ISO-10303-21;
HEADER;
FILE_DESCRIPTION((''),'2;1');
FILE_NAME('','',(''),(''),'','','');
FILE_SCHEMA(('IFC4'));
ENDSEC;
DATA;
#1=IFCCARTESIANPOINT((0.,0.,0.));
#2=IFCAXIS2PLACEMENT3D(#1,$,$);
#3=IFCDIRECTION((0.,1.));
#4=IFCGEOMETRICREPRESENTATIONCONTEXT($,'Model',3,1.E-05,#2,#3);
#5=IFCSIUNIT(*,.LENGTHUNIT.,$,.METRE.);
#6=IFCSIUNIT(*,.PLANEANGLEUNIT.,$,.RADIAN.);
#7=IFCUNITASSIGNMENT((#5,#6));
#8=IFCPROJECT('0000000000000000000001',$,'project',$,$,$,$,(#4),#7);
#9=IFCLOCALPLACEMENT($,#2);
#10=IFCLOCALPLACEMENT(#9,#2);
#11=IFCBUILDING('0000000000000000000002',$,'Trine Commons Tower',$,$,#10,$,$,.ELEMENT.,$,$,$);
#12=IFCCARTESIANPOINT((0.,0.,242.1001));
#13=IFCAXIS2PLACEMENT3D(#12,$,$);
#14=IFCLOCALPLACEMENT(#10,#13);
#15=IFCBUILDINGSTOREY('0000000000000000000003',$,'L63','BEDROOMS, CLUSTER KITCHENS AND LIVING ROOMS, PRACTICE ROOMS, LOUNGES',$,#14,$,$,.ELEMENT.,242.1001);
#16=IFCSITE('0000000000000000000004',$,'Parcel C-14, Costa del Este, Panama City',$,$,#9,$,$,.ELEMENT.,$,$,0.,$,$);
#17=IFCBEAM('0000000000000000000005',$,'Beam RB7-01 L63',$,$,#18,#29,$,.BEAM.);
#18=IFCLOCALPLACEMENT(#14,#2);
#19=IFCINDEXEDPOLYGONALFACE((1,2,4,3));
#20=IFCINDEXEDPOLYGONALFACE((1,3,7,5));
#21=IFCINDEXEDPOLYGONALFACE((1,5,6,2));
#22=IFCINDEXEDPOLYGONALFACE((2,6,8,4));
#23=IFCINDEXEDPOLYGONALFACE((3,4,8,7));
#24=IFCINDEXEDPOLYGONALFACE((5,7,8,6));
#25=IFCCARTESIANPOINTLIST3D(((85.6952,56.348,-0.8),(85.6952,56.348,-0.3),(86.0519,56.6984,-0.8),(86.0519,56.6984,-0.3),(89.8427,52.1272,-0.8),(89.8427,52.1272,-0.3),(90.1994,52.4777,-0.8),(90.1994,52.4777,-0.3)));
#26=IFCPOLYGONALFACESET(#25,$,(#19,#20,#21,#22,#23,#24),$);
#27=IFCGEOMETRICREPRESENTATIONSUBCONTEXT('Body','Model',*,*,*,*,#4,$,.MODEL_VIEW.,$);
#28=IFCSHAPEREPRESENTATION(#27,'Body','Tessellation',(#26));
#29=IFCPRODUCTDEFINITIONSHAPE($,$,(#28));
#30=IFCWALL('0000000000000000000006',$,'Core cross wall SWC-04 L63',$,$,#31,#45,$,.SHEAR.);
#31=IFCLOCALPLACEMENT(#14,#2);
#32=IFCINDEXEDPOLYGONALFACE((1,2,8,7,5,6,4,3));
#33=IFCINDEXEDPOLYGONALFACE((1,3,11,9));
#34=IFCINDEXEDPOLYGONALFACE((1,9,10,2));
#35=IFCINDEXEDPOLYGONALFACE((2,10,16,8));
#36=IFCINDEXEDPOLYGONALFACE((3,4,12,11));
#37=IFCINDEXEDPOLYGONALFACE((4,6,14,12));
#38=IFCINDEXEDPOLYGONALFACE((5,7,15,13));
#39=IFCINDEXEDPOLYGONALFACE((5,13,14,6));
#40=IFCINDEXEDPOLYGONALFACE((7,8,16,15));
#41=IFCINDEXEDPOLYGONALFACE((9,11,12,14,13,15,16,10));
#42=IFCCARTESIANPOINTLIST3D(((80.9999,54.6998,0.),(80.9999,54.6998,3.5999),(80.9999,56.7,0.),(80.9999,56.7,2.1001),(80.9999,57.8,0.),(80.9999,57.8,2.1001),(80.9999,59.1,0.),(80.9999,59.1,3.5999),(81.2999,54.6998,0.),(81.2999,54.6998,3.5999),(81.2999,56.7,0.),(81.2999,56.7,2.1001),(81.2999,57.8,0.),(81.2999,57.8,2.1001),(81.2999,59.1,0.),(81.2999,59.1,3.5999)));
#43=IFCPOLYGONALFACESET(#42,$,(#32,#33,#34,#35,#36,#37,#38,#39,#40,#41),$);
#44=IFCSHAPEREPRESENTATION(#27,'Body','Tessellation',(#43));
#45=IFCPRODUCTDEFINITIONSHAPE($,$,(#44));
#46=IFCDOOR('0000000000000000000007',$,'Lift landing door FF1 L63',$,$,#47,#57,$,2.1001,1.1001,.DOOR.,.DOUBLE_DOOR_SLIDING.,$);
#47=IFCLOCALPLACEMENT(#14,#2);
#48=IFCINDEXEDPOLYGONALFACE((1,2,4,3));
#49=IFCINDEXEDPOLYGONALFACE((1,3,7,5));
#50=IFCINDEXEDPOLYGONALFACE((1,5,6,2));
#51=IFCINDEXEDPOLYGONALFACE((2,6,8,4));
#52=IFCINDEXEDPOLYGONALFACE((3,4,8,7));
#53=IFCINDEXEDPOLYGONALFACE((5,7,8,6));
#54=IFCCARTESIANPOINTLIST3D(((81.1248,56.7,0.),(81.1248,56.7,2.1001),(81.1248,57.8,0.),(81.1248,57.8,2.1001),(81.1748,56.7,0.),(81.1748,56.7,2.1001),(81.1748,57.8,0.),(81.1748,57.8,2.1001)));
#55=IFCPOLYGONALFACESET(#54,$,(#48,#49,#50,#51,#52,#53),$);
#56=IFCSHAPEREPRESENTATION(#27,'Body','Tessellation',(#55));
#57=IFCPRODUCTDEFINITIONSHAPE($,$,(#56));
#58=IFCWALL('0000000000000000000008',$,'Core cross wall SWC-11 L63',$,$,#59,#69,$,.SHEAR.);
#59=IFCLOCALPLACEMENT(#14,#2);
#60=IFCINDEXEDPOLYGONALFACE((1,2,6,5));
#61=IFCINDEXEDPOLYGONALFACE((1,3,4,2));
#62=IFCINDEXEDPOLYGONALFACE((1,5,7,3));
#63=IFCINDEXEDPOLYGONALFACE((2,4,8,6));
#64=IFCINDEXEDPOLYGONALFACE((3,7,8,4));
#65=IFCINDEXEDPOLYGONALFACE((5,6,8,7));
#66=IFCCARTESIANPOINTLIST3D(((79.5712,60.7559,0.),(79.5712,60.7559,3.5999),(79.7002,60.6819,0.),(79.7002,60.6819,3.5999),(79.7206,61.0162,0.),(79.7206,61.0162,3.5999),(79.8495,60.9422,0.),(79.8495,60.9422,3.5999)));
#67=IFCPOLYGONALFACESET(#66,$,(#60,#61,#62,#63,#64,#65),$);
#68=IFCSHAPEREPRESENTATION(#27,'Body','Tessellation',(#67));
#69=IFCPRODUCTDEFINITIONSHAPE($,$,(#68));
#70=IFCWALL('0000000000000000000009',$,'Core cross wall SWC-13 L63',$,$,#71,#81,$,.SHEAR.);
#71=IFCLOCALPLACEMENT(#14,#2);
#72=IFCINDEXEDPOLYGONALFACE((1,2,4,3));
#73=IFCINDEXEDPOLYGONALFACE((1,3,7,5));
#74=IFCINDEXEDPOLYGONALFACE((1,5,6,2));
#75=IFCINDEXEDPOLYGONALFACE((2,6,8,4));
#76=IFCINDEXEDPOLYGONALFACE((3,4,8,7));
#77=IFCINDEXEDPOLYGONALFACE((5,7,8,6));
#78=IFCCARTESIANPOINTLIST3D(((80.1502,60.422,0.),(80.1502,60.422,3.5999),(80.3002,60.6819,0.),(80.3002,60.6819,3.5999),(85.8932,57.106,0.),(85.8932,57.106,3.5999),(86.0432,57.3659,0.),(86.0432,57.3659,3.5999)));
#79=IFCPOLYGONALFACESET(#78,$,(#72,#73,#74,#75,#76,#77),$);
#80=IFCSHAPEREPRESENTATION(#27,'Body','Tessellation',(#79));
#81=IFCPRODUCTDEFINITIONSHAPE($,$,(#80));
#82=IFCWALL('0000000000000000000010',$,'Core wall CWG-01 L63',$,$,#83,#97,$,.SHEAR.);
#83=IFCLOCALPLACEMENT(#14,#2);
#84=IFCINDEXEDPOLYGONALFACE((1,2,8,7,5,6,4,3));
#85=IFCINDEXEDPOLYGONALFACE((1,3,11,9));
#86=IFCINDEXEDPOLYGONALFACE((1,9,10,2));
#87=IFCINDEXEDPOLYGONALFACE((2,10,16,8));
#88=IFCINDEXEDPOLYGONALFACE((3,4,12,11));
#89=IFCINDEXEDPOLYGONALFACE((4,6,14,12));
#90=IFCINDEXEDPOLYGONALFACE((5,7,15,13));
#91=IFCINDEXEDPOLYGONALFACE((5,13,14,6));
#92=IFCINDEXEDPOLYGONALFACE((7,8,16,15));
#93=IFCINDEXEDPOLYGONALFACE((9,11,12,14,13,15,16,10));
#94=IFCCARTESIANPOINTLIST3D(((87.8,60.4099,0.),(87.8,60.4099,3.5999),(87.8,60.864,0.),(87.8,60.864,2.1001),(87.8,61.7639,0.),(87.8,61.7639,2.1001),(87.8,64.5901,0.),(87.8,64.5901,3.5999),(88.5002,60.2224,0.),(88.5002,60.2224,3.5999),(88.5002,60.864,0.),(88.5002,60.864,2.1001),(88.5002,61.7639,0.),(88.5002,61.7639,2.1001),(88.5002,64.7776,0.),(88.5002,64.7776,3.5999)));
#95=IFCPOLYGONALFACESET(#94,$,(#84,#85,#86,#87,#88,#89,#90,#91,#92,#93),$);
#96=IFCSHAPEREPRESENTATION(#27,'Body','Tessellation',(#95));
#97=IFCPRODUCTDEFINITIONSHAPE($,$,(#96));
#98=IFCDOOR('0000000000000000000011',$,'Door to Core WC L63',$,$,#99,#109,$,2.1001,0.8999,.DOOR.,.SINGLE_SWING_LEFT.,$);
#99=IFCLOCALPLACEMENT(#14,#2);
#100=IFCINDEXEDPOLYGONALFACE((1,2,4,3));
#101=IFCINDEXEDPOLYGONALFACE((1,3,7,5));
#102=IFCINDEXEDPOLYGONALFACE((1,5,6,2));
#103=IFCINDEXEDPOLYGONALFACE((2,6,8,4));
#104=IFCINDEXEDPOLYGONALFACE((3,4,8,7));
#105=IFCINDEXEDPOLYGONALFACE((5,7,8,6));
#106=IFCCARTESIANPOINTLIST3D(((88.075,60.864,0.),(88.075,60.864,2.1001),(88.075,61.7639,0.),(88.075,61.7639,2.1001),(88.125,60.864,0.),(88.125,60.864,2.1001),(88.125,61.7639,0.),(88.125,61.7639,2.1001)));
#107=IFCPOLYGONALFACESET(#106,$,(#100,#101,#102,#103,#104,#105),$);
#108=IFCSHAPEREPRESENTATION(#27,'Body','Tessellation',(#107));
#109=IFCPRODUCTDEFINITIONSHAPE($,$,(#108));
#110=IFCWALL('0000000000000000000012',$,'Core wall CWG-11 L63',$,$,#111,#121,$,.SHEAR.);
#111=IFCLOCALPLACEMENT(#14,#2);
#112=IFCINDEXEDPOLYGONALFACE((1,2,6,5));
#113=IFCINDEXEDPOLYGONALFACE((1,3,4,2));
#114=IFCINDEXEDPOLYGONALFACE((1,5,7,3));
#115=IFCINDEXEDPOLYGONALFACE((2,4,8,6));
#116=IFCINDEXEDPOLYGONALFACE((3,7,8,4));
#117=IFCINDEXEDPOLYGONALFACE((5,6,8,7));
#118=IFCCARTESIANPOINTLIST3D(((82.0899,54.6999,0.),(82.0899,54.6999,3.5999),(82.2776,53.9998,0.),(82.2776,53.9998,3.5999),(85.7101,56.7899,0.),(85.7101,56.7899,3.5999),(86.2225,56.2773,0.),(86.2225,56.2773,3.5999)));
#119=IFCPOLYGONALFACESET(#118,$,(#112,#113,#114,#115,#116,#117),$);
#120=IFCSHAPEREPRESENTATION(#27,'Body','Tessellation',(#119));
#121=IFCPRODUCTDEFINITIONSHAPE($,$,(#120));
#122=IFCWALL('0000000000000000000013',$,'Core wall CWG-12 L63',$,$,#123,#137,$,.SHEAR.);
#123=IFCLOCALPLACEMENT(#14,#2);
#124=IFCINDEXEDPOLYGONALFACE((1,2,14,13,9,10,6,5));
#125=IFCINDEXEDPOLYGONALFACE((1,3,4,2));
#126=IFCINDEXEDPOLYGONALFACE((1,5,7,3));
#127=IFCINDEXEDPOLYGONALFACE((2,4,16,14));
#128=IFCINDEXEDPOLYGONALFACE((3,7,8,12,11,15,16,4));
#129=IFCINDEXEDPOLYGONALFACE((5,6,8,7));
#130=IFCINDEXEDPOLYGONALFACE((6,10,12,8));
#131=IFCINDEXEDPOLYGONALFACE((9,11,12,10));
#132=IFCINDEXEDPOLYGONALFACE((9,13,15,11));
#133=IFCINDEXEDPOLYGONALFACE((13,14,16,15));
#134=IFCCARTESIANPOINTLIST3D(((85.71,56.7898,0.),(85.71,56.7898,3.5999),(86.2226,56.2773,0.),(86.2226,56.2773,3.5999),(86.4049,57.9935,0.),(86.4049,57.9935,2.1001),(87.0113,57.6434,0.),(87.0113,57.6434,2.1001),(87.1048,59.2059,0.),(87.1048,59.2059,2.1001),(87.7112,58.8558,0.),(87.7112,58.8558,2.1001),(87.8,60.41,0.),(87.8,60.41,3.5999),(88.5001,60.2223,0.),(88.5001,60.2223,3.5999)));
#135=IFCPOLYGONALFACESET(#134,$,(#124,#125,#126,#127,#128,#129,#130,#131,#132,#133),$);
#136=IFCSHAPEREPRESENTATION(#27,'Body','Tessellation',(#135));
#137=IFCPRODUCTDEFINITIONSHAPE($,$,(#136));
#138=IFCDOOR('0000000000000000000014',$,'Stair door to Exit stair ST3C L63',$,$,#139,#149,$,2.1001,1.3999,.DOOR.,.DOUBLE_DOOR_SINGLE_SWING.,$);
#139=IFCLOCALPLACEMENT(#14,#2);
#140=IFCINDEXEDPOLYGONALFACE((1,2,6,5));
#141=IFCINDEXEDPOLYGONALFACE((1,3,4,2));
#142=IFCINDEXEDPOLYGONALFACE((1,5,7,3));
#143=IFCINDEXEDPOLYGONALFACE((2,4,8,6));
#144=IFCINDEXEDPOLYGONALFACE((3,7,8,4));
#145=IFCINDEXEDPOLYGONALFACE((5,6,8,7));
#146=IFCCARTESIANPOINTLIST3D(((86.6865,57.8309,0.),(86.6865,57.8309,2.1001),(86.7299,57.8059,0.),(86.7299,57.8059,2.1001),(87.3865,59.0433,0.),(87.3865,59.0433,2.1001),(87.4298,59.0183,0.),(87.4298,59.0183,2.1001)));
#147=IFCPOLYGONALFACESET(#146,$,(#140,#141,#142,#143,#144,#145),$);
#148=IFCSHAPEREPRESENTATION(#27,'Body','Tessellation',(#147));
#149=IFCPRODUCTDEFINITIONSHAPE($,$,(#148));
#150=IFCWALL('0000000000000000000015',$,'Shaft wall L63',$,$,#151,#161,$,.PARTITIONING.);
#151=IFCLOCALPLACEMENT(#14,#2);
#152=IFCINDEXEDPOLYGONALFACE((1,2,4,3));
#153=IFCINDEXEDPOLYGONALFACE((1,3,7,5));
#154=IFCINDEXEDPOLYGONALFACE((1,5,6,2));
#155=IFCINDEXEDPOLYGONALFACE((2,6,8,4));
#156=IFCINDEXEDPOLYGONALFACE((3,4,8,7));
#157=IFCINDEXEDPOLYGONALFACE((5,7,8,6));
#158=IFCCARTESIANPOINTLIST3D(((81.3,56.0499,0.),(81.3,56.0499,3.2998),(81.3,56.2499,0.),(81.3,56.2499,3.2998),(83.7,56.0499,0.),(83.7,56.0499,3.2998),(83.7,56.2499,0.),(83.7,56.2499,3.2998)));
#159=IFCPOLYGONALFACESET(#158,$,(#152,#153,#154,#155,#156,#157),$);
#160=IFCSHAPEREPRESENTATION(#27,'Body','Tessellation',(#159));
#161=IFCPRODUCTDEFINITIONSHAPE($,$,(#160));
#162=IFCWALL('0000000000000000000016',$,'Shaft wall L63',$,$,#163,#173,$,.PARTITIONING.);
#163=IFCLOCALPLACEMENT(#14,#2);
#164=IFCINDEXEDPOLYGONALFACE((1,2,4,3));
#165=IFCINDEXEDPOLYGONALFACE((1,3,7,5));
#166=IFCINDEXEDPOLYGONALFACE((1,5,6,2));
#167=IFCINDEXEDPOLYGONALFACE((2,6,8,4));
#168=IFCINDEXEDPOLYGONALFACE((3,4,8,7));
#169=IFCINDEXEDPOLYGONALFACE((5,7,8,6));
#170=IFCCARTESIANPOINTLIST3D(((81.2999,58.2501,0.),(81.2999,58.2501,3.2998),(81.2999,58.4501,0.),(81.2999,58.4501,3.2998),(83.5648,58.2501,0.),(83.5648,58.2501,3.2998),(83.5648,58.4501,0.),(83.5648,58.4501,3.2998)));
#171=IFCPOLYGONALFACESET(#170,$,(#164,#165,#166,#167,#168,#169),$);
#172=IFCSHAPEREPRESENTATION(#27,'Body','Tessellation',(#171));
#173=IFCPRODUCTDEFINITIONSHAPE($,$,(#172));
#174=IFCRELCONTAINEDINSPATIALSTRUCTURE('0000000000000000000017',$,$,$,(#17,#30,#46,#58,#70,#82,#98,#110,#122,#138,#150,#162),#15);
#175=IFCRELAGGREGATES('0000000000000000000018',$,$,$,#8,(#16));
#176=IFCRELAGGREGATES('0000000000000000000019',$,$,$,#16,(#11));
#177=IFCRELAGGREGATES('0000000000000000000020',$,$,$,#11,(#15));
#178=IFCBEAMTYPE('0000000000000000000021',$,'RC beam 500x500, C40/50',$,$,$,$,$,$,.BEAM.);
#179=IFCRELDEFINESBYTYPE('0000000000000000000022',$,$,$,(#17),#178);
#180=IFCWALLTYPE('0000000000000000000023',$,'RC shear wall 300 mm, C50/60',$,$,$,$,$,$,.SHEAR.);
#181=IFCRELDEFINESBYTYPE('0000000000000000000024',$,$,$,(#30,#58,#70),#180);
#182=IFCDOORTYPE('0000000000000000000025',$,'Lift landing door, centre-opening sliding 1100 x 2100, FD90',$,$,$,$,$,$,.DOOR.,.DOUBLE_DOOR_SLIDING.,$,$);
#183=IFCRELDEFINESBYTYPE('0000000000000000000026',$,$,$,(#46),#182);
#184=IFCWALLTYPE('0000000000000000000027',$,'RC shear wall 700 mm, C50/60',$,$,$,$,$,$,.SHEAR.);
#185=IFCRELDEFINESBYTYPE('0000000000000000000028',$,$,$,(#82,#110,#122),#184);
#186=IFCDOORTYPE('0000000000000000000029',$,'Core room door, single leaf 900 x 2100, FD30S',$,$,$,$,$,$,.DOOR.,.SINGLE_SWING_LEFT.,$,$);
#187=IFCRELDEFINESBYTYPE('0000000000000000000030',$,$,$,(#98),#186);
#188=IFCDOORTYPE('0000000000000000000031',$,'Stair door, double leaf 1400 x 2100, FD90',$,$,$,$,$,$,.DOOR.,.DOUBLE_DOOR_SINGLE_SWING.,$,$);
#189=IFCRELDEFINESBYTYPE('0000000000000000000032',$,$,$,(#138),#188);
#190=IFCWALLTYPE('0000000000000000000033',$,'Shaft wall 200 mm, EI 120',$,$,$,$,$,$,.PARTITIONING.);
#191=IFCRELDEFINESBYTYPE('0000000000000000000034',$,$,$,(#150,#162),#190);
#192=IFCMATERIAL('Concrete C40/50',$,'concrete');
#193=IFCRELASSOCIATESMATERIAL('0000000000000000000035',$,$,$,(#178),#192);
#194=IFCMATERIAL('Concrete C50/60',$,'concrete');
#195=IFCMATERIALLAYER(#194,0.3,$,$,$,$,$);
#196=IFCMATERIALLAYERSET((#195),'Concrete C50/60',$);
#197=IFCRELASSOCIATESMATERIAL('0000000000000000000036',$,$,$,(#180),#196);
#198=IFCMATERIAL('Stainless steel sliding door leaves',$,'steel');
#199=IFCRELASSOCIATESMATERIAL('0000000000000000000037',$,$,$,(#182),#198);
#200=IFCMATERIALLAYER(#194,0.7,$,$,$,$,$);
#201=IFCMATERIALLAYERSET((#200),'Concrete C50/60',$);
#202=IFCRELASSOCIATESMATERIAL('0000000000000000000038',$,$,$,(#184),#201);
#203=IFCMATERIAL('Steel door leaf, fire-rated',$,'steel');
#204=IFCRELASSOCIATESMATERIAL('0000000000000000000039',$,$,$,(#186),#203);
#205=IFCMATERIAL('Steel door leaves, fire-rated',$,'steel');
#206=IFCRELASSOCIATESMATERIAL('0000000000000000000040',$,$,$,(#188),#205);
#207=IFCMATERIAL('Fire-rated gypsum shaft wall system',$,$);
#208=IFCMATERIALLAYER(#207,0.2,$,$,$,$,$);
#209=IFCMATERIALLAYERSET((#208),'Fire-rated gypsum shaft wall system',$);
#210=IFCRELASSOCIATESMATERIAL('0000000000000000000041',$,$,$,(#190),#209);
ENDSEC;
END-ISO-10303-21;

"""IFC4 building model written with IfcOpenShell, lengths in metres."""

from ifc_helpers import new_model, si_unit, direction, frame, frame_2d, origin, origin_2d, place, context, subcontext, project, spatial, polyline, rectangle, outline, extrude, material, layer, layer_set, material_profile, profile_set, type_object, element, fill, save


model = new_model("IFC4")

# Units and contexts
model_context = context("Model", 3, precision=1e-05, world=origin(), true_north=direction((0.0, 1.0)))
body_context = subcontext(model_context, "Body", "Model", "MODEL_VIEW")
ifc_project = project(units=[si_unit("LENGTHUNIT", "METRE"), si_unit("PLANEANGLEUNIT", "RADIAN")], contexts=[model_context])

# Site, building, storey
site_placement = place(None, origin())
site = spatial("IfcSite", under=ifc_project, at=site_placement, Name="Parcel C-14, Costa del Este, Panama City", CompositionType="ELEMENT", RefElevation=0.0)
building_placement = place(site_placement, origin())
building = spatial("IfcBuilding", under=site, at=building_placement, Name="Trine Commons Tower", CompositionType="ELEMENT")
storey_placement = place(building_placement, frame((0.0, 0.0, 242.1001)))
storey = spatial("IfcBuildingStorey", under=building, at=storey_placement, Name="L63", Description="BEDROOMS, CLUSTER KITCHENS AND LIVING ROOMS, PRACTICE ROOMS, LOUNGES", CompositionType="ELEMENT", Elevation=242.1001)

# Beam
ifc_material_1 = material(Name="Concrete C40/50", Category="concrete")
ifc_material_profile = material_profile(ifc_material_1, rectangle(XDim=0.5, YDim=0.5, at=origin_2d()), Name="RC 500x500")
ifc_profile_set = profile_set([ifc_material_profile], Name="Concrete C40/50")
beam_type = type_object("IfcBeamType", Name="RC beam 500x500, C40/50", PredefinedType="BEAM", material=ifc_profile_set)
beam_placement = place(storey_placement, frame((85.8735, 56.5232, -0.55), z_axis=(0.700891, -0.713268, 0.0), x_axis=(0.713268, 0.700891, 0.0)))
element("IfcBeam", 1, at=beam_placement, inside=storey, type_object=beam_type, Name="Beam RB7-01 L63", PredefinedType="BEAM", context=body_context, shape_type="SweptSolid", body=[
    extrude(rectangle(XDim=0.5, YDim=0.5, at=origin_2d()), origin(), (0.0, 0.0, 1.0), 5.9175),
])

# Wall, opening, door
ifc_material_2 = material(Name="Concrete C50/60", Category="concrete")
ifc_layer_1 = layer(ifc_material_2, 0.3)
ifc_layer_set_1 = layer_set([ifc_layer_1], Name="Concrete C50/60")
wall_type_1 = type_object("IfcWallType", Name="RC shear wall 300 mm, C50/60", PredefinedType="SHEAR", material=ifc_layer_set_1)
wall_1_placement = place(storey_placement, frame((81.1499, 59.1001, 0.0), z_axis=(0.0, 0.0, 1.0), x_axis=(0.0, -1.0, 0.0)))
wall_1 = element("IfcWall", 2, at=wall_1_placement, inside=storey, type_object=wall_type_1, Name="Core cross wall SWC-04 L63", PredefinedType="SHEAR", context=body_context, shape_type="SweptSolid", body=[
    extrude(rectangle(XDim=4.4001, YDim=0.3, at=frame_2d((2.2002, 0.0))), origin(), (0.0, 0.0, 1.0), 3.5999),
])
opening_1_placement = place(wall_1_placement, frame((1.3, 0.0, 0.0)))
opening_1 = element("IfcOpeningElement", 3, at=opening_1_placement, cuts=wall_1, PredefinedType="OPENING", context=body_context, shape_type="SweptSolid", body=[
    extrude(rectangle(XDim=1.1001, YDim=2.1001, at=frame_2d((0.55, 1.05))), frame((0.0, 0.1599, 0.0), z_axis=(0.0, -1.0, 0.0), x_axis=(1.0, 0.0, 0.0)), (0.0, 0.0, 1.0), 0.3201),
])
ifc_material_3 = material(Name="Stainless steel sliding door leaves", Category="steel")
door_type_1 = type_object("IfcDoorType", Name="Lift landing door, centre-opening sliding 1100 x 2100, FD90", OperationType="DOUBLE_DOOR_SLIDING", PredefinedType="DOOR", material=ifc_material_3)
door_1_placement = place(opening_1_placement, origin())
door_1 = element("IfcDoor", 4, at=door_1_placement, inside=storey, type_object=door_type_1, Name="Lift landing door FF1 L63", OperationType="DOUBLE_DOOR_SLIDING", OverallHeight=2.1001, OverallWidth=1.1001, PredefinedType="DOOR", context=body_context, shape_type="SweptSolid", body=[
    extrude(rectangle(XDim=1.1001, YDim=2.1001, at=frame_2d((0.55, 1.05))), frame((0.0, 0.0249, 0.0), z_axis=(0.0, -1.0, 0.0), x_axis=(1.0, 0.0, 0.0)), (0.0, 0.0, 1.0), 0.05),
])
fill(opening_1, door_1)

# Walls
wall_2_placement = place(storey_placement, frame((79.646, 60.886, 0.0), z_axis=(0.0, 0.0, 1.0), x_axis=(0.867332, -0.49773, 0.0)))
element("IfcWall", 5, at=wall_2_placement, inside=storey, type_object=wall_type_1, Name="Core cross wall SWC-11 L63", PredefinedType="SHEAR", context=body_context, shape_type="SweptSolid", body=[
    extrude(rectangle(XDim=0.1487, YDim=0.3, at=frame_2d((0.0742, 0.0))), origin(), (0.0, 0.0, 1.0), 3.5999),
])
wall_3_placement = place(storey_placement, frame((80.2251, 60.552, 0.0), z_axis=(0.0, 0.0, 1.0), x_axis=(0.86601, -0.500027, 0.0)))
element("IfcWall", 6, at=wall_3_placement, inside=storey, type_object=wall_type_1, Name="Core cross wall SWC-13 L63", PredefinedType="SHEAR", context=body_context, shape_type="SweptSolid", body=[
    extrude(rectangle(XDim=6.6316, YDim=0.3, at=frame_2d((3.3159, 0.0))), origin(), (0.0, 0.0, 1.0), 3.5999),
])

# Wall, opening, door
ifc_layer_2 = layer(ifc_material_2, 0.7)
ifc_layer_set_2 = layer_set([ifc_layer_2], Name="Concrete C50/60")
wall_type_2 = type_object("IfcWallType", Name="RC shear wall 700 mm, C50/60", PredefinedType="SHEAR", material=ifc_layer_set_2)
wall_4_placement = place(storey_placement, frame((88.1501, 60.2224, 0.0), z_axis=(0.0, 0.0, 1.0), x_axis=(0.0, 1.0, 0.0)))
wall_4 = element("IfcWall", 7, at=wall_4_placement, inside=storey, type_object=wall_type_2, Name="Core wall CWG-01 L63", PredefinedType="SHEAR", context=body_context, shape_type="SweptSolid", body=[
    extrude(outline(polyline([(0.0, -0.3501), (4.5552, -0.3501), (4.3677, 0.3501), (0.1875, 0.3501), (0.0, -0.3501)])), origin(), (0.0, 0.0, 1.0), 3.5999),
])
opening_2_placement = place(wall_4_placement, frame((0.6416, 0.0, 0.0)))
opening_2 = element("IfcOpeningElement", 8, at=opening_2_placement, cuts=wall_4, PredefinedType="OPENING", context=body_context, shape_type="SweptSolid", body=[
    extrude(rectangle(XDim=0.8999, YDim=2.1001, at=frame_2d((0.45, 1.05))), frame((0.0, 0.3599, 0.0), z_axis=(0.0, -1.0, 0.0), x_axis=(1.0, 0.0, 0.0)), (0.0, 0.0, 1.0), 0.72),
])
ifc_material_4 = material(Name="Steel door leaf, fire-rated", Category="steel")
door_type_2 = type_object("IfcDoorType", Name="Core room door, single leaf 900 x 2100, FD30S", OperationType="SINGLE_SWING_LEFT", PredefinedType="DOOR", material=ifc_material_4)
door_2_placement = place(opening_2_placement, origin())
door_2 = element("IfcDoor", 9, at=door_2_placement, inside=storey, type_object=door_type_2, Name="Door to Core WC L63", OperationType="SINGLE_SWING_LEFT", OverallHeight=2.1001, OverallWidth=0.8999, PredefinedType="DOOR", context=body_context, shape_type="SweptSolid", body=[
    extrude(rectangle(XDim=0.8999, YDim=2.1001, at=frame_2d((0.45, 1.05))), frame((0.0, 0.0752, 0.0), z_axis=(0.0, -1.0, 0.0), x_axis=(1.0, 0.0, 0.0)), (0.0, 0.0, 1.0), 0.05),
])
fill(opening_2, door_2)

# Wall
wall_5_placement = place(storey_placement, frame((82.1025, 54.303, 0.0), z_axis=(0.0, 0.0, 1.0), x_axis=(0.866035, 0.499984, 0.0)))
element("IfcWall", 10, at=wall_5_placement, inside=storey, type_object=wall_type_2, Name="Core wall CWG-11 L63", PredefinedType="SHEAR", context=body_context, shape_type="SweptSolid", body=[
    extrude(outline(polyline([(0.0, -0.3501), (4.5552, -0.3501), (4.3677, 0.3501), (0.1875, 0.3501), (0.0, -0.3501)])), origin(), (0.0, 0.0, 1.0), 3.5999),
])

# Wall, opening, door
wall_6_placement = place(storey_placement, frame((85.9194, 56.4524, 0.0), z_axis=(0.0, 0.0, 1.0), x_axis=(0.499984, 0.866035, 0.0)))
wall_6 = element("IfcWall", 11, at=wall_6_placement, inside=storey, type_object=wall_type_2, Name="Core wall CWG-12 L63", PredefinedType="SHEAR", context=body_context, shape_type="SweptSolid", body=[
    extrude(outline(polyline([(0.0, -0.3501), (4.5552, -0.3501), (4.3677, 0.3501), (0.1875, 0.3501), (0.0, -0.3501)])), origin(), (0.0, 0.0, 1.0), 3.5999),
])
opening_3_placement = place(wall_6_placement, frame((1.5774, 0.0, 0.0)))
opening_3 = element("IfcOpeningElement", 12, at=opening_3_placement, cuts=wall_6, PredefinedType="OPENING", context=body_context, shape_type="SweptSolid", body=[
    extrude(rectangle(XDim=1.3999, YDim=2.1001, at=frame_2d((0.7, 1.05))), frame((0.0, 0.3599, 0.0), z_axis=(0.0, -1.0, 0.0), x_axis=(1.0, 0.0, 0.0)), (0.0, 0.0, 1.0), 0.72),
])
ifc_material_5 = material(Name="Steel door leaves, fire-rated", Category="steel")
door_type_3 = type_object("IfcDoorType", Name="Stair door, double leaf 1400 x 2100, FD90", OperationType="DOUBLE_DOOR_SINGLE_SWING", PredefinedType="DOOR", material=ifc_material_5)
door_3_placement = place(opening_3_placement, origin())
door_3 = element("IfcDoor", 13, at=door_3_placement, inside=storey, type_object=door_type_3, Name="Stair door to Exit stair ST3C L63", OperationType="DOUBLE_DOOR_SINGLE_SWING", OverallHeight=2.1001, OverallWidth=1.3999, PredefinedType="DOOR", context=body_context, shape_type="SweptSolid", body=[
    extrude(rectangle(XDim=1.3999, YDim=2.1001, at=frame_2d((0.7, 1.05))), frame((0.0, 0.0249, 0.0), z_axis=(0.0, -1.0, 0.0), x_axis=(1.0, 0.0, 0.0)), (0.0, 0.0, 1.0), 0.05),
])
fill(opening_3, door_3)

# Walls
ifc_material_6 = material(Name="Fire-rated gypsum shaft wall system")
ifc_layer_3 = layer(ifc_material_6, 0.2)
ifc_layer_set_3 = layer_set([ifc_layer_3], Name="Fire-rated gypsum shaft wall system")
wall_type_3 = type_object("IfcWallType", Name="Shaft wall 200 mm, EI 120", PredefinedType="PARTITIONING", material=ifc_layer_set_3)
wall_7_placement = place(storey_placement, frame((81.3, 56.1499, 0.0), z_axis=(0.0, 0.0, 1.0), x_axis=(1.0, 0.0, 0.0)))
element("IfcWall", 14, at=wall_7_placement, inside=storey, type_object=wall_type_3, Name="Shaft wall L63", PredefinedType="PARTITIONING", context=body_context, shape_type="SweptSolid", body=[
    extrude(rectangle(XDim=2.3999, YDim=0.2, at=frame_2d((1.2, 0.0))), origin(), (0.0, 0.0, 1.0), 3.2998),
])
wall_8_placement = place(storey_placement, frame((81.3, 58.3501, 0.0), z_axis=(0.0, 0.0, 1.0), x_axis=(1.0, 0.0, 0.0)))
element("IfcWall", 15, at=wall_8_placement, inside=storey, type_object=wall_type_3, Name="Shaft wall L63", PredefinedType="PARTITIONING", context=body_context, shape_type="SweptSolid", body=[
    extrude(rectangle(XDim=2.2649, YDim=0.2, at=frame_2d((1.1323, 0.0))), origin(), (0.0, 0.0, 1.0), 3.2998),
])

save(model, "model.ifc")
